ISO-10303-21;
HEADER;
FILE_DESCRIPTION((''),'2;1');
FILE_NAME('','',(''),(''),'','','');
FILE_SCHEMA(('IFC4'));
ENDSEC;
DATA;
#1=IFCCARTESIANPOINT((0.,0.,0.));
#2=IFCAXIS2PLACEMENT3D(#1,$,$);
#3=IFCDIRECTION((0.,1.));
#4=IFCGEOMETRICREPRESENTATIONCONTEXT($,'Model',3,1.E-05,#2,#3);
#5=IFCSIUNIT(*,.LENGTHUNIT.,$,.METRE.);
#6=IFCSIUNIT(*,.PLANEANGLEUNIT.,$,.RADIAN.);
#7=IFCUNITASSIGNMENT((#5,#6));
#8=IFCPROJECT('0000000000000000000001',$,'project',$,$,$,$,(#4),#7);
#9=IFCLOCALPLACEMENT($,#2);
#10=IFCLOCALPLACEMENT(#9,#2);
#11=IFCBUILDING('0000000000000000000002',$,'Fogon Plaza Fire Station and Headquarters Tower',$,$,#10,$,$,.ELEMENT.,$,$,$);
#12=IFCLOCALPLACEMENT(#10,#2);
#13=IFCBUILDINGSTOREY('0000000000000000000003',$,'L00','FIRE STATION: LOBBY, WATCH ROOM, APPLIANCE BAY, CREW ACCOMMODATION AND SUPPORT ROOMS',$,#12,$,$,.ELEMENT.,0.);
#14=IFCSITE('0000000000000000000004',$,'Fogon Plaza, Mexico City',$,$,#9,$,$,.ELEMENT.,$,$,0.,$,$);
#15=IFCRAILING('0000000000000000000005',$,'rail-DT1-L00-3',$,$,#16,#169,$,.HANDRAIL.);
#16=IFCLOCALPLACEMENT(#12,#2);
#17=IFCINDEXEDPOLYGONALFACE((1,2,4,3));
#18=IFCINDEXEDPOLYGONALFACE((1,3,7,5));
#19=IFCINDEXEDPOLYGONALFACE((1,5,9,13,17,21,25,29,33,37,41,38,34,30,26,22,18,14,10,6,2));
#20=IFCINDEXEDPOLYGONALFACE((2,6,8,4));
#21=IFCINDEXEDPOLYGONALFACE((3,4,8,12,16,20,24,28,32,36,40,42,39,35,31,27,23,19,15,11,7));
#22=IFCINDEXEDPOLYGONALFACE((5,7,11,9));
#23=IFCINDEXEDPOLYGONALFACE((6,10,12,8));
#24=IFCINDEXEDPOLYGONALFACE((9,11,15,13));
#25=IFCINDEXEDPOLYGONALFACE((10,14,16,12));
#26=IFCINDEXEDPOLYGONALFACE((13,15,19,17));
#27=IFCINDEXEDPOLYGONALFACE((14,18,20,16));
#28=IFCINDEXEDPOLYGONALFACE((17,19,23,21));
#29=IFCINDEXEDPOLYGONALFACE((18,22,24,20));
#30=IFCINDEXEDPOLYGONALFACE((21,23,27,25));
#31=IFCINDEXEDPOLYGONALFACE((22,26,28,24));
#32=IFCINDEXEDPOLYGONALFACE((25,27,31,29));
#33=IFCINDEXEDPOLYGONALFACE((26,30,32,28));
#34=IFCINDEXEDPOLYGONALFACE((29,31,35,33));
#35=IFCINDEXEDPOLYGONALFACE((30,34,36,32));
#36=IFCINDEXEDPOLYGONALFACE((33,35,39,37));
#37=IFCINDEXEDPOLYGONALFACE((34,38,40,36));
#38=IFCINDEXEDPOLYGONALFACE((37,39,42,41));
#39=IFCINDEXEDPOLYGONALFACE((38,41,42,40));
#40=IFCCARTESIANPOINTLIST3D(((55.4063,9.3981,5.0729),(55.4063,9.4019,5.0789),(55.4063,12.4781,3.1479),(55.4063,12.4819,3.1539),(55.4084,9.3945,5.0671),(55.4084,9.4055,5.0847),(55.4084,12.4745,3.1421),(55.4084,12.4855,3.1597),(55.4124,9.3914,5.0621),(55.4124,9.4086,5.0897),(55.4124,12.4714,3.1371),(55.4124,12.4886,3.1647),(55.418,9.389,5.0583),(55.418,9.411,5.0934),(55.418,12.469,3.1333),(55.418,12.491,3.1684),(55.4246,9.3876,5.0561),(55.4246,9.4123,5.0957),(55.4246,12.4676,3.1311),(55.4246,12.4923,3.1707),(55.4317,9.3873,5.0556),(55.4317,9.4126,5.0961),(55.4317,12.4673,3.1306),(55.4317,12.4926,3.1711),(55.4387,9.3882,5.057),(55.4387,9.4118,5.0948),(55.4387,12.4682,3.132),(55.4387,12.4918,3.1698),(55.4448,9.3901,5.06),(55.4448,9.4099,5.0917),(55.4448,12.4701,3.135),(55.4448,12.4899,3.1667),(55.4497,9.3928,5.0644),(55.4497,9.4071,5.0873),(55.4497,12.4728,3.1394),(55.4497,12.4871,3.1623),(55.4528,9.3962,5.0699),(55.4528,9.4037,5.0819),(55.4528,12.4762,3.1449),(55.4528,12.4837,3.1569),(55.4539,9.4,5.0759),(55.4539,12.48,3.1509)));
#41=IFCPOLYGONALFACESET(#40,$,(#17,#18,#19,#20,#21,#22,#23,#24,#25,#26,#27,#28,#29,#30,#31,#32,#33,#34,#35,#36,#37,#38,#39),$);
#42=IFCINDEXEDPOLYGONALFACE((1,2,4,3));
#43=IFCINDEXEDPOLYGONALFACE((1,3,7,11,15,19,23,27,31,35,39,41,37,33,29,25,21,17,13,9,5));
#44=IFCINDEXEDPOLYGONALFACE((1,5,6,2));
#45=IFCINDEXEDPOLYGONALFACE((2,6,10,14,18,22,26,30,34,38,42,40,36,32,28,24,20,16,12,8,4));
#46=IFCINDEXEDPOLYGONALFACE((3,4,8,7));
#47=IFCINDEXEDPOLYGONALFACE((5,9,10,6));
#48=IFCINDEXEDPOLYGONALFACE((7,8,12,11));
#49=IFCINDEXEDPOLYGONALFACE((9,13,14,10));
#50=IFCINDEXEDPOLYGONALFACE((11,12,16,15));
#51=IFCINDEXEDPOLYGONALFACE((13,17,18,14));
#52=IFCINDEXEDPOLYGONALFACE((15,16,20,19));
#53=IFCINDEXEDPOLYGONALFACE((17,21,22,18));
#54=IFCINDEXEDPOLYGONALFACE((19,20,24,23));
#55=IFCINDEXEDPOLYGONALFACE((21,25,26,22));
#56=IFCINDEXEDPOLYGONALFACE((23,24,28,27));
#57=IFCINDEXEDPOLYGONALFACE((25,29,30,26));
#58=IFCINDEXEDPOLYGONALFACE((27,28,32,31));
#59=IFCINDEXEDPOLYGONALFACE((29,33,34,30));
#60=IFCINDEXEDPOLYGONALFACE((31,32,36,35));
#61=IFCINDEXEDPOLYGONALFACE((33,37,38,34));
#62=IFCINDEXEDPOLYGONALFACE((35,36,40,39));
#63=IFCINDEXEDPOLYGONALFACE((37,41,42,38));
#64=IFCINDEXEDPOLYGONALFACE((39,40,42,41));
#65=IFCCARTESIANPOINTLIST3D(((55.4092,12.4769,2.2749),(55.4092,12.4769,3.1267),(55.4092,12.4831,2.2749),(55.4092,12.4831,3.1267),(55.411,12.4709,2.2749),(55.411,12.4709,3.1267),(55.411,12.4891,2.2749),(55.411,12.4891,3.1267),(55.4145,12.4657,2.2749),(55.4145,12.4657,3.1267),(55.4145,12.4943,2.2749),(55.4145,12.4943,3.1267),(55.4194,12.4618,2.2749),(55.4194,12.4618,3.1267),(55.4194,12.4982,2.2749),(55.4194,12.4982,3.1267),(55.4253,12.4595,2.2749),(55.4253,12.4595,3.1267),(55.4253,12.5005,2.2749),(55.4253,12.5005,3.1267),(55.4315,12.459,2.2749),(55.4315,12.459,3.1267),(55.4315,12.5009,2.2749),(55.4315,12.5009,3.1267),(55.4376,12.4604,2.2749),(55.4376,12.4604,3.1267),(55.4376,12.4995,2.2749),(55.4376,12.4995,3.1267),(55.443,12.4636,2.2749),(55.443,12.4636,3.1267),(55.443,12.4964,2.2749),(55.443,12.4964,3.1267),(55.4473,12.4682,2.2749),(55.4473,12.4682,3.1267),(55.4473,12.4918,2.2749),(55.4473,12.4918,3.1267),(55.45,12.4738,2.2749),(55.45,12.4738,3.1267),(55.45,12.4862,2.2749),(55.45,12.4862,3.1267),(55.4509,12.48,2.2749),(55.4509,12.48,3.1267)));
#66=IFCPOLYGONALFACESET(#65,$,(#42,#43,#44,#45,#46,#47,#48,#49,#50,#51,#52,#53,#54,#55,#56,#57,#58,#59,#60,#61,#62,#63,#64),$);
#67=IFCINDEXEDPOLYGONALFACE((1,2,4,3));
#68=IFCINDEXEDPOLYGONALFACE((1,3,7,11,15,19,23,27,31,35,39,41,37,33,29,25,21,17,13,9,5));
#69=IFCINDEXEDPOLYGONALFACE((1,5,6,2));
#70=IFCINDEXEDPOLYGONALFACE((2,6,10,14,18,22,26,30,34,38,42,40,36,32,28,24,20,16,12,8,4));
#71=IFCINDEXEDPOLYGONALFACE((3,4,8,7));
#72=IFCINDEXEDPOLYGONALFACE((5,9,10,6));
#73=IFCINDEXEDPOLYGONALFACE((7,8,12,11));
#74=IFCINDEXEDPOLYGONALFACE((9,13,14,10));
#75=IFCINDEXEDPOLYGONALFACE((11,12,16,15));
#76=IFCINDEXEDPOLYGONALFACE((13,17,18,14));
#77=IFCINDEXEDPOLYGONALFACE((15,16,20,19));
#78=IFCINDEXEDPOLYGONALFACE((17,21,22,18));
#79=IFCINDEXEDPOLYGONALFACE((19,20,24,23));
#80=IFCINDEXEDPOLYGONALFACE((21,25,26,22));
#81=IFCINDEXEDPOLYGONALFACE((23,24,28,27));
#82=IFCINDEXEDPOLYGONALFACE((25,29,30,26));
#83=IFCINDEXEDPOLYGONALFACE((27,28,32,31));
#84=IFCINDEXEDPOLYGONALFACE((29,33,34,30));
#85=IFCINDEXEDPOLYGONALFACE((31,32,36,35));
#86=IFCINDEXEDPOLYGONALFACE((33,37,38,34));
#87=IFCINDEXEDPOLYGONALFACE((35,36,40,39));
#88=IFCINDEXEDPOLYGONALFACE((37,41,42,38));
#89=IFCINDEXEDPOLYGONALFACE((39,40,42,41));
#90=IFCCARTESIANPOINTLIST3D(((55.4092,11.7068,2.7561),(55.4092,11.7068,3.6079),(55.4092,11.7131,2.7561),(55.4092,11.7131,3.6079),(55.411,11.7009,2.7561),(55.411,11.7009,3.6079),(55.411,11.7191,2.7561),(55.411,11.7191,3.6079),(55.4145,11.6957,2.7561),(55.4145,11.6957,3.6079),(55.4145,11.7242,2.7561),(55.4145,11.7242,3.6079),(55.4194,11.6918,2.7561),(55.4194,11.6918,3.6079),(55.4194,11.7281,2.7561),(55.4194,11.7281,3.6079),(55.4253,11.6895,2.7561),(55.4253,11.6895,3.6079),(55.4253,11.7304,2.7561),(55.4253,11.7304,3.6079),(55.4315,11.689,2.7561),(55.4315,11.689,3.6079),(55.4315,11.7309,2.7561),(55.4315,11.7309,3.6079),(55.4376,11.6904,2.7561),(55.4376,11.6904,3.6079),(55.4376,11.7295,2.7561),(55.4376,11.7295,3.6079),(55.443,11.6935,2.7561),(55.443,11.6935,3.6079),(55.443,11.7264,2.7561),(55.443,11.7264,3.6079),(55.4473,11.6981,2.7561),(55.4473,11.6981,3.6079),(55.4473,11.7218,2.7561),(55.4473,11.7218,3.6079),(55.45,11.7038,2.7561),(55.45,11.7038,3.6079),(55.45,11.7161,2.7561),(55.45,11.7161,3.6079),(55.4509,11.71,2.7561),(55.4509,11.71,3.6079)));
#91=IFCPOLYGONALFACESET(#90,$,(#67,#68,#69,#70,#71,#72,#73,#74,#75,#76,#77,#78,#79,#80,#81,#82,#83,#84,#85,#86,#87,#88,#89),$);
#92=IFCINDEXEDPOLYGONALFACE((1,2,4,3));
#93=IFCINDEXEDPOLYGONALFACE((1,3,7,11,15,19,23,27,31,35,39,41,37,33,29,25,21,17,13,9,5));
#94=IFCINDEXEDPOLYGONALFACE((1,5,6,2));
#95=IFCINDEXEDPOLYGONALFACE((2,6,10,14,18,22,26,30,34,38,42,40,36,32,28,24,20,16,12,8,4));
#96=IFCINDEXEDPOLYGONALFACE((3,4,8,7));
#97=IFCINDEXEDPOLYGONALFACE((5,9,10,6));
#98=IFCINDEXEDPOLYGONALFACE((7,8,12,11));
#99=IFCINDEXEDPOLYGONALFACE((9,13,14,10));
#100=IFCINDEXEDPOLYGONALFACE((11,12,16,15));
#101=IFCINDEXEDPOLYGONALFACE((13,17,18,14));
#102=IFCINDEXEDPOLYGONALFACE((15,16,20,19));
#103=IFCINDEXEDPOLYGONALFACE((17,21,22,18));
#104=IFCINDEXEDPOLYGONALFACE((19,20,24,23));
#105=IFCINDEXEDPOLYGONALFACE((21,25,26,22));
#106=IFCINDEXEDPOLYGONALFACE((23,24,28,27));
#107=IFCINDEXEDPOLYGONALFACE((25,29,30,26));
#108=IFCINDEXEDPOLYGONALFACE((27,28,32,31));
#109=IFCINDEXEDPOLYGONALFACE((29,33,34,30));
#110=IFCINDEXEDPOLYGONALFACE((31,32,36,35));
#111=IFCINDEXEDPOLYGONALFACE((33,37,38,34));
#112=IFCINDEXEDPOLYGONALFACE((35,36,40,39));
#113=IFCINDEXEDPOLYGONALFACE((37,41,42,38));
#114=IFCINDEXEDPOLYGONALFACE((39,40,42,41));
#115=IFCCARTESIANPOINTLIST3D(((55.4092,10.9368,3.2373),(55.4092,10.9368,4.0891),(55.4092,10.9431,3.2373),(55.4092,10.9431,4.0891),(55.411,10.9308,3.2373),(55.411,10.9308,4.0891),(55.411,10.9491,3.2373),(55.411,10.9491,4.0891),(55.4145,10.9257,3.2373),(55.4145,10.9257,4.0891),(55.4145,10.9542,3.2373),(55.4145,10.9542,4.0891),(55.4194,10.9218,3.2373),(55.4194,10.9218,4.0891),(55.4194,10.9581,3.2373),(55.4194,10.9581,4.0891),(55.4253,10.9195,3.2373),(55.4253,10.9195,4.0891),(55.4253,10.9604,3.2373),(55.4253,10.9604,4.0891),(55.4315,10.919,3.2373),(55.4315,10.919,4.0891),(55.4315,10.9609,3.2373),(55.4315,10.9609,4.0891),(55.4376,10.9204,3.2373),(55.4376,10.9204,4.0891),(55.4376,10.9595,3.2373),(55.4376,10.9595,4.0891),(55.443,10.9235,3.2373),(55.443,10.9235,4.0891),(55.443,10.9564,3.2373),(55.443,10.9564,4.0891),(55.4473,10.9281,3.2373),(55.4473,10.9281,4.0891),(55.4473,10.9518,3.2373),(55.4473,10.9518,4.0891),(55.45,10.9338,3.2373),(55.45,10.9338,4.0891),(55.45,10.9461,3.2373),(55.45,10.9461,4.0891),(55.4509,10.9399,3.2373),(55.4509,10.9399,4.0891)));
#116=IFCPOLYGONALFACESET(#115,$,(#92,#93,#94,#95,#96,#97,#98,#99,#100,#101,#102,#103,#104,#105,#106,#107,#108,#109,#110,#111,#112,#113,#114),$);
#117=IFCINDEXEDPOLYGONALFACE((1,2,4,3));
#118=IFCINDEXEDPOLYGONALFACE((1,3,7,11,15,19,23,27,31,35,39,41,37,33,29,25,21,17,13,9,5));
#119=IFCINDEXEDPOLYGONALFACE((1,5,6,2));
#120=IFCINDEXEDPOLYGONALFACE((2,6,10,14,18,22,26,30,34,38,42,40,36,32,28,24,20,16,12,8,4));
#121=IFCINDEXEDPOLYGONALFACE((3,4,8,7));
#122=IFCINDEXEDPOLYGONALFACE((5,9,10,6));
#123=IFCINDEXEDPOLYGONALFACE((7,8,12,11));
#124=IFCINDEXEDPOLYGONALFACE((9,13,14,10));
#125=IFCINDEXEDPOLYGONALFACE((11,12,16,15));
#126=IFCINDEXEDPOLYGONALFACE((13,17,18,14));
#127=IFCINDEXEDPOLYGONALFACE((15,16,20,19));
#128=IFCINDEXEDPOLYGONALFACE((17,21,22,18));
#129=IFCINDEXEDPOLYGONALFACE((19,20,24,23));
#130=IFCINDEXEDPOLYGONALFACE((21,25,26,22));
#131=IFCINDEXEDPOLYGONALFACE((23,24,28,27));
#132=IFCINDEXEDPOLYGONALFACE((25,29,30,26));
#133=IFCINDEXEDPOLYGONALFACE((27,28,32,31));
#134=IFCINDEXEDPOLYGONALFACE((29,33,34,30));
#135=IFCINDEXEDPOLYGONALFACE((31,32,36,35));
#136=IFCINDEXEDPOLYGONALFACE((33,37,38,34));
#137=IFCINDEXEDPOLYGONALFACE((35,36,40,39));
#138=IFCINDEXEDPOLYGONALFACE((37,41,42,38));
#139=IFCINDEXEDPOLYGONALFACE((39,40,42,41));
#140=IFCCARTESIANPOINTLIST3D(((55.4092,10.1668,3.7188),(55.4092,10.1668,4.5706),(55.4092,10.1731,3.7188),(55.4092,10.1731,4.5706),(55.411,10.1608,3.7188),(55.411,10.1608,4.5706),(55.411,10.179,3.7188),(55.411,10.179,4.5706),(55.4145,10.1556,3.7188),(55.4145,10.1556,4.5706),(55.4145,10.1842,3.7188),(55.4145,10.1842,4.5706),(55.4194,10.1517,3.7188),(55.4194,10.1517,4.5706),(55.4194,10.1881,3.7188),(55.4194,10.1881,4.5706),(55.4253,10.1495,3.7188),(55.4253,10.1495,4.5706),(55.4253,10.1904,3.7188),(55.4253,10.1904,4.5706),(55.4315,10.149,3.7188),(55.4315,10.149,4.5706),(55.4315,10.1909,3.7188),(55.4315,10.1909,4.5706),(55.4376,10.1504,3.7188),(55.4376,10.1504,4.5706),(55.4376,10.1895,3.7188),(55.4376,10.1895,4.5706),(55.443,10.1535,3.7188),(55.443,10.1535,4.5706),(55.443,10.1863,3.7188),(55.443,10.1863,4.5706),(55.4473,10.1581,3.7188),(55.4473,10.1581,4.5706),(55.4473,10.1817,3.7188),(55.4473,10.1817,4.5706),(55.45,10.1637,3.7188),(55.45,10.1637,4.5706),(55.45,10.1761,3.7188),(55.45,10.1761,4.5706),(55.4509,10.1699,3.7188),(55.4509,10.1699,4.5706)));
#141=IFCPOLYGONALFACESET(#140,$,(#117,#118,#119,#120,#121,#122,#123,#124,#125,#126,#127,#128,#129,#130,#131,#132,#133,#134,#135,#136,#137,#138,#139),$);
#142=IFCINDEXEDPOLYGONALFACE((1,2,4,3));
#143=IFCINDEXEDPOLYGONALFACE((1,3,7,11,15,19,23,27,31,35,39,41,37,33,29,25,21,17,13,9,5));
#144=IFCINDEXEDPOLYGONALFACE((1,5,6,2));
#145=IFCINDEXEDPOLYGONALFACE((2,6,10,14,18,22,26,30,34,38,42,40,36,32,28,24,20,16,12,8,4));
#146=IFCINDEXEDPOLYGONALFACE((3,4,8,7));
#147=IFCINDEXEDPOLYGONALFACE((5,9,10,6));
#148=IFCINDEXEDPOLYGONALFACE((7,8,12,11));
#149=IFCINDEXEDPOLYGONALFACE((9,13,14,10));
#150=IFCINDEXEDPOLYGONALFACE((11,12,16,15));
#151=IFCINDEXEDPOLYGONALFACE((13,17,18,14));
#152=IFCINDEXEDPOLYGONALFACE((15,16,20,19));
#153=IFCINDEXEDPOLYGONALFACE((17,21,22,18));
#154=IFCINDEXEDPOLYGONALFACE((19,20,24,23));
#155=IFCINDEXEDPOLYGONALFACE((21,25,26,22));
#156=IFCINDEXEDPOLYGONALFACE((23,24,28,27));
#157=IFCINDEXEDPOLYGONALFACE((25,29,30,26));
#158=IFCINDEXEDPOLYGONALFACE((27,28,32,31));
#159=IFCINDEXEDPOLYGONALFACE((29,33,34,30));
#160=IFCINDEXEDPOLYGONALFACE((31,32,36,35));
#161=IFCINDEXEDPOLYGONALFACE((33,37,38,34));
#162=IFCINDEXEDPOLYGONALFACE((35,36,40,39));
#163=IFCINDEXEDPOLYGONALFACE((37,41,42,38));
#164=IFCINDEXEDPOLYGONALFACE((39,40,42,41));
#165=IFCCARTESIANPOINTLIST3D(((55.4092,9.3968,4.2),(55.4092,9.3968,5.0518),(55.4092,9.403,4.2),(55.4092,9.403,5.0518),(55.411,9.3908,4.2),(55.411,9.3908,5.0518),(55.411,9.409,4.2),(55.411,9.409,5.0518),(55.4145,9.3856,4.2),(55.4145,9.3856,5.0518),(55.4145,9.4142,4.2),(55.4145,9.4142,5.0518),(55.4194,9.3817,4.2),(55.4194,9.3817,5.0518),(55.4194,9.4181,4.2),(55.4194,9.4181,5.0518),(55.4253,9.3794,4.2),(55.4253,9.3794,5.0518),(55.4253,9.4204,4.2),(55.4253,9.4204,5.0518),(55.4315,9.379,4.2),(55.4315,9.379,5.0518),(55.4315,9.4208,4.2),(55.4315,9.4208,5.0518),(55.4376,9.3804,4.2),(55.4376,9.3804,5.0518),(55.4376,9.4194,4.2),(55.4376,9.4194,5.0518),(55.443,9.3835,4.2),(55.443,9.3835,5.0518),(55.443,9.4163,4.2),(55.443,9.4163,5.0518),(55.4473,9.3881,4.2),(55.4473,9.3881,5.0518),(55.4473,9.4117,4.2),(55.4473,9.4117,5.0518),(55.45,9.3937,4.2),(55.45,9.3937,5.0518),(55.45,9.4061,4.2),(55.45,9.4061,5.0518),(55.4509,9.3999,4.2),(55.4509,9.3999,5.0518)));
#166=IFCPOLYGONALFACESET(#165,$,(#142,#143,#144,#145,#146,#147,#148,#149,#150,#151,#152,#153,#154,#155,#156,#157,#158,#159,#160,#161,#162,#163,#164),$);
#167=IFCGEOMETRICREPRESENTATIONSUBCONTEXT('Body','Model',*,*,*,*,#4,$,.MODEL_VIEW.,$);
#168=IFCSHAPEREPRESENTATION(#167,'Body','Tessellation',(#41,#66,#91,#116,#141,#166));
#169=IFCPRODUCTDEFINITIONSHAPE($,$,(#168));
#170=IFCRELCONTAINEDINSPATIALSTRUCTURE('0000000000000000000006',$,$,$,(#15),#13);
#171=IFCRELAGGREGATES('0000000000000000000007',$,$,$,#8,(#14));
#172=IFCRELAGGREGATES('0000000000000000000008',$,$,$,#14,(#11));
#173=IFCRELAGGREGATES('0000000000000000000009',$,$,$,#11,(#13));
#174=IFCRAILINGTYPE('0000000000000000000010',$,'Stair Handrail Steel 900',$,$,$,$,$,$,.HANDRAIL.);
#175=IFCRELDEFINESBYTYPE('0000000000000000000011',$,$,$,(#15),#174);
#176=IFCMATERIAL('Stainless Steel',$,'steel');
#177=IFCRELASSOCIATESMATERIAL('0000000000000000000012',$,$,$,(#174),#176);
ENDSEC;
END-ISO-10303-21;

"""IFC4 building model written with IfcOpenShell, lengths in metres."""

from ifc_helpers import new_model, si_unit, direction, frame, origin, origin_2d, place, context, subcontext, project, spatial, circle, extrude, material, type_object, element, save


model = new_model("IFC4")

# Units and contexts
model_context = context("Model", 3, precision=1e-05, world=origin(), true_north=direction((0.0, 1.0)))
body_context = subcontext(model_context, "Body", "Model", "MODEL_VIEW")
ifc_project = project(units=[si_unit("LENGTHUNIT", "METRE"), si_unit("PLANEANGLEUNIT", "RADIAN")], contexts=[model_context])

# Site, building, storey
site_placement = place(None, origin())
site = spatial("IfcSite", under=ifc_project, at=site_placement, Name="Fogon Plaza, Mexico City", CompositionType="ELEMENT", RefElevation=0.0)
building_placement = place(site_placement, origin())
building = spatial("IfcBuilding", under=site, at=building_placement, Name="Fogon Plaza Fire Station and Headquarters Tower", CompositionType="ELEMENT")
storey_placement = place(building_placement, origin())
storey = spatial("IfcBuildingStorey", under=building, at=storey_placement, Name="L00", Description="FIRE STATION: LOBBY, WATCH ROOM, APPLIANCE BAY, CREW ACCOMMODATION AND SUPPORT ROOMS", CompositionType="ELEMENT", Elevation=0.0)

# Railing
ifc_material_1 = material(Name="Stainless Steel", Category="steel")
railing_type_1 = type_object("IfcRailingType", Name="Stair Handrail Steel 900", PredefinedType="HANDRAIL", material=ifc_material_1)
railing_1_placement = place(storey_placement, frame((55.4299, 12.48, 2.2749)))
element("IfcRailing", 1, at=railing_1_placement, inside=storey, type_object=railing_type_1, Name="rail-DT1-L00-3", PredefinedType="HANDRAIL", context=body_context, shape_type="SweptSolid", body=[
    extrude(circle(Radius=0.0239, at=origin_2d()), frame((0.0, 0.0, 0.876), z_axis=(0.0, -0.847998, 0.529999), x_axis=(1.0, 0.0, 0.0)), (0.0, 0.0, 1.0), 3.6321),
    extrude(circle(Radius=0.021, at=origin_2d()), origin(), (0.0, 0.0, 1.0), 0.8518),
    extrude(circle(Radius=0.021, at=origin_2d()), frame((0.0, -0.77, 0.4812)), (0.0, 0.0, 1.0), 0.8518),
    extrude(circle(Radius=0.021, at=origin_2d()), frame((0.0, -1.54, 0.9624)), (0.0, 0.0, 1.0), 0.8518),
    extrude(circle(Radius=0.021, at=origin_2d()), frame((0.0, -2.3101, 1.4438)), (0.0, 0.0, 1.0), 0.8518),
    extrude(circle(Radius=0.021, at=origin_2d()), frame((0.0, -3.0801, 1.925)), (0.0, 0.0, 1.0), 0.8518),
])

save(model, "model.ifc")
